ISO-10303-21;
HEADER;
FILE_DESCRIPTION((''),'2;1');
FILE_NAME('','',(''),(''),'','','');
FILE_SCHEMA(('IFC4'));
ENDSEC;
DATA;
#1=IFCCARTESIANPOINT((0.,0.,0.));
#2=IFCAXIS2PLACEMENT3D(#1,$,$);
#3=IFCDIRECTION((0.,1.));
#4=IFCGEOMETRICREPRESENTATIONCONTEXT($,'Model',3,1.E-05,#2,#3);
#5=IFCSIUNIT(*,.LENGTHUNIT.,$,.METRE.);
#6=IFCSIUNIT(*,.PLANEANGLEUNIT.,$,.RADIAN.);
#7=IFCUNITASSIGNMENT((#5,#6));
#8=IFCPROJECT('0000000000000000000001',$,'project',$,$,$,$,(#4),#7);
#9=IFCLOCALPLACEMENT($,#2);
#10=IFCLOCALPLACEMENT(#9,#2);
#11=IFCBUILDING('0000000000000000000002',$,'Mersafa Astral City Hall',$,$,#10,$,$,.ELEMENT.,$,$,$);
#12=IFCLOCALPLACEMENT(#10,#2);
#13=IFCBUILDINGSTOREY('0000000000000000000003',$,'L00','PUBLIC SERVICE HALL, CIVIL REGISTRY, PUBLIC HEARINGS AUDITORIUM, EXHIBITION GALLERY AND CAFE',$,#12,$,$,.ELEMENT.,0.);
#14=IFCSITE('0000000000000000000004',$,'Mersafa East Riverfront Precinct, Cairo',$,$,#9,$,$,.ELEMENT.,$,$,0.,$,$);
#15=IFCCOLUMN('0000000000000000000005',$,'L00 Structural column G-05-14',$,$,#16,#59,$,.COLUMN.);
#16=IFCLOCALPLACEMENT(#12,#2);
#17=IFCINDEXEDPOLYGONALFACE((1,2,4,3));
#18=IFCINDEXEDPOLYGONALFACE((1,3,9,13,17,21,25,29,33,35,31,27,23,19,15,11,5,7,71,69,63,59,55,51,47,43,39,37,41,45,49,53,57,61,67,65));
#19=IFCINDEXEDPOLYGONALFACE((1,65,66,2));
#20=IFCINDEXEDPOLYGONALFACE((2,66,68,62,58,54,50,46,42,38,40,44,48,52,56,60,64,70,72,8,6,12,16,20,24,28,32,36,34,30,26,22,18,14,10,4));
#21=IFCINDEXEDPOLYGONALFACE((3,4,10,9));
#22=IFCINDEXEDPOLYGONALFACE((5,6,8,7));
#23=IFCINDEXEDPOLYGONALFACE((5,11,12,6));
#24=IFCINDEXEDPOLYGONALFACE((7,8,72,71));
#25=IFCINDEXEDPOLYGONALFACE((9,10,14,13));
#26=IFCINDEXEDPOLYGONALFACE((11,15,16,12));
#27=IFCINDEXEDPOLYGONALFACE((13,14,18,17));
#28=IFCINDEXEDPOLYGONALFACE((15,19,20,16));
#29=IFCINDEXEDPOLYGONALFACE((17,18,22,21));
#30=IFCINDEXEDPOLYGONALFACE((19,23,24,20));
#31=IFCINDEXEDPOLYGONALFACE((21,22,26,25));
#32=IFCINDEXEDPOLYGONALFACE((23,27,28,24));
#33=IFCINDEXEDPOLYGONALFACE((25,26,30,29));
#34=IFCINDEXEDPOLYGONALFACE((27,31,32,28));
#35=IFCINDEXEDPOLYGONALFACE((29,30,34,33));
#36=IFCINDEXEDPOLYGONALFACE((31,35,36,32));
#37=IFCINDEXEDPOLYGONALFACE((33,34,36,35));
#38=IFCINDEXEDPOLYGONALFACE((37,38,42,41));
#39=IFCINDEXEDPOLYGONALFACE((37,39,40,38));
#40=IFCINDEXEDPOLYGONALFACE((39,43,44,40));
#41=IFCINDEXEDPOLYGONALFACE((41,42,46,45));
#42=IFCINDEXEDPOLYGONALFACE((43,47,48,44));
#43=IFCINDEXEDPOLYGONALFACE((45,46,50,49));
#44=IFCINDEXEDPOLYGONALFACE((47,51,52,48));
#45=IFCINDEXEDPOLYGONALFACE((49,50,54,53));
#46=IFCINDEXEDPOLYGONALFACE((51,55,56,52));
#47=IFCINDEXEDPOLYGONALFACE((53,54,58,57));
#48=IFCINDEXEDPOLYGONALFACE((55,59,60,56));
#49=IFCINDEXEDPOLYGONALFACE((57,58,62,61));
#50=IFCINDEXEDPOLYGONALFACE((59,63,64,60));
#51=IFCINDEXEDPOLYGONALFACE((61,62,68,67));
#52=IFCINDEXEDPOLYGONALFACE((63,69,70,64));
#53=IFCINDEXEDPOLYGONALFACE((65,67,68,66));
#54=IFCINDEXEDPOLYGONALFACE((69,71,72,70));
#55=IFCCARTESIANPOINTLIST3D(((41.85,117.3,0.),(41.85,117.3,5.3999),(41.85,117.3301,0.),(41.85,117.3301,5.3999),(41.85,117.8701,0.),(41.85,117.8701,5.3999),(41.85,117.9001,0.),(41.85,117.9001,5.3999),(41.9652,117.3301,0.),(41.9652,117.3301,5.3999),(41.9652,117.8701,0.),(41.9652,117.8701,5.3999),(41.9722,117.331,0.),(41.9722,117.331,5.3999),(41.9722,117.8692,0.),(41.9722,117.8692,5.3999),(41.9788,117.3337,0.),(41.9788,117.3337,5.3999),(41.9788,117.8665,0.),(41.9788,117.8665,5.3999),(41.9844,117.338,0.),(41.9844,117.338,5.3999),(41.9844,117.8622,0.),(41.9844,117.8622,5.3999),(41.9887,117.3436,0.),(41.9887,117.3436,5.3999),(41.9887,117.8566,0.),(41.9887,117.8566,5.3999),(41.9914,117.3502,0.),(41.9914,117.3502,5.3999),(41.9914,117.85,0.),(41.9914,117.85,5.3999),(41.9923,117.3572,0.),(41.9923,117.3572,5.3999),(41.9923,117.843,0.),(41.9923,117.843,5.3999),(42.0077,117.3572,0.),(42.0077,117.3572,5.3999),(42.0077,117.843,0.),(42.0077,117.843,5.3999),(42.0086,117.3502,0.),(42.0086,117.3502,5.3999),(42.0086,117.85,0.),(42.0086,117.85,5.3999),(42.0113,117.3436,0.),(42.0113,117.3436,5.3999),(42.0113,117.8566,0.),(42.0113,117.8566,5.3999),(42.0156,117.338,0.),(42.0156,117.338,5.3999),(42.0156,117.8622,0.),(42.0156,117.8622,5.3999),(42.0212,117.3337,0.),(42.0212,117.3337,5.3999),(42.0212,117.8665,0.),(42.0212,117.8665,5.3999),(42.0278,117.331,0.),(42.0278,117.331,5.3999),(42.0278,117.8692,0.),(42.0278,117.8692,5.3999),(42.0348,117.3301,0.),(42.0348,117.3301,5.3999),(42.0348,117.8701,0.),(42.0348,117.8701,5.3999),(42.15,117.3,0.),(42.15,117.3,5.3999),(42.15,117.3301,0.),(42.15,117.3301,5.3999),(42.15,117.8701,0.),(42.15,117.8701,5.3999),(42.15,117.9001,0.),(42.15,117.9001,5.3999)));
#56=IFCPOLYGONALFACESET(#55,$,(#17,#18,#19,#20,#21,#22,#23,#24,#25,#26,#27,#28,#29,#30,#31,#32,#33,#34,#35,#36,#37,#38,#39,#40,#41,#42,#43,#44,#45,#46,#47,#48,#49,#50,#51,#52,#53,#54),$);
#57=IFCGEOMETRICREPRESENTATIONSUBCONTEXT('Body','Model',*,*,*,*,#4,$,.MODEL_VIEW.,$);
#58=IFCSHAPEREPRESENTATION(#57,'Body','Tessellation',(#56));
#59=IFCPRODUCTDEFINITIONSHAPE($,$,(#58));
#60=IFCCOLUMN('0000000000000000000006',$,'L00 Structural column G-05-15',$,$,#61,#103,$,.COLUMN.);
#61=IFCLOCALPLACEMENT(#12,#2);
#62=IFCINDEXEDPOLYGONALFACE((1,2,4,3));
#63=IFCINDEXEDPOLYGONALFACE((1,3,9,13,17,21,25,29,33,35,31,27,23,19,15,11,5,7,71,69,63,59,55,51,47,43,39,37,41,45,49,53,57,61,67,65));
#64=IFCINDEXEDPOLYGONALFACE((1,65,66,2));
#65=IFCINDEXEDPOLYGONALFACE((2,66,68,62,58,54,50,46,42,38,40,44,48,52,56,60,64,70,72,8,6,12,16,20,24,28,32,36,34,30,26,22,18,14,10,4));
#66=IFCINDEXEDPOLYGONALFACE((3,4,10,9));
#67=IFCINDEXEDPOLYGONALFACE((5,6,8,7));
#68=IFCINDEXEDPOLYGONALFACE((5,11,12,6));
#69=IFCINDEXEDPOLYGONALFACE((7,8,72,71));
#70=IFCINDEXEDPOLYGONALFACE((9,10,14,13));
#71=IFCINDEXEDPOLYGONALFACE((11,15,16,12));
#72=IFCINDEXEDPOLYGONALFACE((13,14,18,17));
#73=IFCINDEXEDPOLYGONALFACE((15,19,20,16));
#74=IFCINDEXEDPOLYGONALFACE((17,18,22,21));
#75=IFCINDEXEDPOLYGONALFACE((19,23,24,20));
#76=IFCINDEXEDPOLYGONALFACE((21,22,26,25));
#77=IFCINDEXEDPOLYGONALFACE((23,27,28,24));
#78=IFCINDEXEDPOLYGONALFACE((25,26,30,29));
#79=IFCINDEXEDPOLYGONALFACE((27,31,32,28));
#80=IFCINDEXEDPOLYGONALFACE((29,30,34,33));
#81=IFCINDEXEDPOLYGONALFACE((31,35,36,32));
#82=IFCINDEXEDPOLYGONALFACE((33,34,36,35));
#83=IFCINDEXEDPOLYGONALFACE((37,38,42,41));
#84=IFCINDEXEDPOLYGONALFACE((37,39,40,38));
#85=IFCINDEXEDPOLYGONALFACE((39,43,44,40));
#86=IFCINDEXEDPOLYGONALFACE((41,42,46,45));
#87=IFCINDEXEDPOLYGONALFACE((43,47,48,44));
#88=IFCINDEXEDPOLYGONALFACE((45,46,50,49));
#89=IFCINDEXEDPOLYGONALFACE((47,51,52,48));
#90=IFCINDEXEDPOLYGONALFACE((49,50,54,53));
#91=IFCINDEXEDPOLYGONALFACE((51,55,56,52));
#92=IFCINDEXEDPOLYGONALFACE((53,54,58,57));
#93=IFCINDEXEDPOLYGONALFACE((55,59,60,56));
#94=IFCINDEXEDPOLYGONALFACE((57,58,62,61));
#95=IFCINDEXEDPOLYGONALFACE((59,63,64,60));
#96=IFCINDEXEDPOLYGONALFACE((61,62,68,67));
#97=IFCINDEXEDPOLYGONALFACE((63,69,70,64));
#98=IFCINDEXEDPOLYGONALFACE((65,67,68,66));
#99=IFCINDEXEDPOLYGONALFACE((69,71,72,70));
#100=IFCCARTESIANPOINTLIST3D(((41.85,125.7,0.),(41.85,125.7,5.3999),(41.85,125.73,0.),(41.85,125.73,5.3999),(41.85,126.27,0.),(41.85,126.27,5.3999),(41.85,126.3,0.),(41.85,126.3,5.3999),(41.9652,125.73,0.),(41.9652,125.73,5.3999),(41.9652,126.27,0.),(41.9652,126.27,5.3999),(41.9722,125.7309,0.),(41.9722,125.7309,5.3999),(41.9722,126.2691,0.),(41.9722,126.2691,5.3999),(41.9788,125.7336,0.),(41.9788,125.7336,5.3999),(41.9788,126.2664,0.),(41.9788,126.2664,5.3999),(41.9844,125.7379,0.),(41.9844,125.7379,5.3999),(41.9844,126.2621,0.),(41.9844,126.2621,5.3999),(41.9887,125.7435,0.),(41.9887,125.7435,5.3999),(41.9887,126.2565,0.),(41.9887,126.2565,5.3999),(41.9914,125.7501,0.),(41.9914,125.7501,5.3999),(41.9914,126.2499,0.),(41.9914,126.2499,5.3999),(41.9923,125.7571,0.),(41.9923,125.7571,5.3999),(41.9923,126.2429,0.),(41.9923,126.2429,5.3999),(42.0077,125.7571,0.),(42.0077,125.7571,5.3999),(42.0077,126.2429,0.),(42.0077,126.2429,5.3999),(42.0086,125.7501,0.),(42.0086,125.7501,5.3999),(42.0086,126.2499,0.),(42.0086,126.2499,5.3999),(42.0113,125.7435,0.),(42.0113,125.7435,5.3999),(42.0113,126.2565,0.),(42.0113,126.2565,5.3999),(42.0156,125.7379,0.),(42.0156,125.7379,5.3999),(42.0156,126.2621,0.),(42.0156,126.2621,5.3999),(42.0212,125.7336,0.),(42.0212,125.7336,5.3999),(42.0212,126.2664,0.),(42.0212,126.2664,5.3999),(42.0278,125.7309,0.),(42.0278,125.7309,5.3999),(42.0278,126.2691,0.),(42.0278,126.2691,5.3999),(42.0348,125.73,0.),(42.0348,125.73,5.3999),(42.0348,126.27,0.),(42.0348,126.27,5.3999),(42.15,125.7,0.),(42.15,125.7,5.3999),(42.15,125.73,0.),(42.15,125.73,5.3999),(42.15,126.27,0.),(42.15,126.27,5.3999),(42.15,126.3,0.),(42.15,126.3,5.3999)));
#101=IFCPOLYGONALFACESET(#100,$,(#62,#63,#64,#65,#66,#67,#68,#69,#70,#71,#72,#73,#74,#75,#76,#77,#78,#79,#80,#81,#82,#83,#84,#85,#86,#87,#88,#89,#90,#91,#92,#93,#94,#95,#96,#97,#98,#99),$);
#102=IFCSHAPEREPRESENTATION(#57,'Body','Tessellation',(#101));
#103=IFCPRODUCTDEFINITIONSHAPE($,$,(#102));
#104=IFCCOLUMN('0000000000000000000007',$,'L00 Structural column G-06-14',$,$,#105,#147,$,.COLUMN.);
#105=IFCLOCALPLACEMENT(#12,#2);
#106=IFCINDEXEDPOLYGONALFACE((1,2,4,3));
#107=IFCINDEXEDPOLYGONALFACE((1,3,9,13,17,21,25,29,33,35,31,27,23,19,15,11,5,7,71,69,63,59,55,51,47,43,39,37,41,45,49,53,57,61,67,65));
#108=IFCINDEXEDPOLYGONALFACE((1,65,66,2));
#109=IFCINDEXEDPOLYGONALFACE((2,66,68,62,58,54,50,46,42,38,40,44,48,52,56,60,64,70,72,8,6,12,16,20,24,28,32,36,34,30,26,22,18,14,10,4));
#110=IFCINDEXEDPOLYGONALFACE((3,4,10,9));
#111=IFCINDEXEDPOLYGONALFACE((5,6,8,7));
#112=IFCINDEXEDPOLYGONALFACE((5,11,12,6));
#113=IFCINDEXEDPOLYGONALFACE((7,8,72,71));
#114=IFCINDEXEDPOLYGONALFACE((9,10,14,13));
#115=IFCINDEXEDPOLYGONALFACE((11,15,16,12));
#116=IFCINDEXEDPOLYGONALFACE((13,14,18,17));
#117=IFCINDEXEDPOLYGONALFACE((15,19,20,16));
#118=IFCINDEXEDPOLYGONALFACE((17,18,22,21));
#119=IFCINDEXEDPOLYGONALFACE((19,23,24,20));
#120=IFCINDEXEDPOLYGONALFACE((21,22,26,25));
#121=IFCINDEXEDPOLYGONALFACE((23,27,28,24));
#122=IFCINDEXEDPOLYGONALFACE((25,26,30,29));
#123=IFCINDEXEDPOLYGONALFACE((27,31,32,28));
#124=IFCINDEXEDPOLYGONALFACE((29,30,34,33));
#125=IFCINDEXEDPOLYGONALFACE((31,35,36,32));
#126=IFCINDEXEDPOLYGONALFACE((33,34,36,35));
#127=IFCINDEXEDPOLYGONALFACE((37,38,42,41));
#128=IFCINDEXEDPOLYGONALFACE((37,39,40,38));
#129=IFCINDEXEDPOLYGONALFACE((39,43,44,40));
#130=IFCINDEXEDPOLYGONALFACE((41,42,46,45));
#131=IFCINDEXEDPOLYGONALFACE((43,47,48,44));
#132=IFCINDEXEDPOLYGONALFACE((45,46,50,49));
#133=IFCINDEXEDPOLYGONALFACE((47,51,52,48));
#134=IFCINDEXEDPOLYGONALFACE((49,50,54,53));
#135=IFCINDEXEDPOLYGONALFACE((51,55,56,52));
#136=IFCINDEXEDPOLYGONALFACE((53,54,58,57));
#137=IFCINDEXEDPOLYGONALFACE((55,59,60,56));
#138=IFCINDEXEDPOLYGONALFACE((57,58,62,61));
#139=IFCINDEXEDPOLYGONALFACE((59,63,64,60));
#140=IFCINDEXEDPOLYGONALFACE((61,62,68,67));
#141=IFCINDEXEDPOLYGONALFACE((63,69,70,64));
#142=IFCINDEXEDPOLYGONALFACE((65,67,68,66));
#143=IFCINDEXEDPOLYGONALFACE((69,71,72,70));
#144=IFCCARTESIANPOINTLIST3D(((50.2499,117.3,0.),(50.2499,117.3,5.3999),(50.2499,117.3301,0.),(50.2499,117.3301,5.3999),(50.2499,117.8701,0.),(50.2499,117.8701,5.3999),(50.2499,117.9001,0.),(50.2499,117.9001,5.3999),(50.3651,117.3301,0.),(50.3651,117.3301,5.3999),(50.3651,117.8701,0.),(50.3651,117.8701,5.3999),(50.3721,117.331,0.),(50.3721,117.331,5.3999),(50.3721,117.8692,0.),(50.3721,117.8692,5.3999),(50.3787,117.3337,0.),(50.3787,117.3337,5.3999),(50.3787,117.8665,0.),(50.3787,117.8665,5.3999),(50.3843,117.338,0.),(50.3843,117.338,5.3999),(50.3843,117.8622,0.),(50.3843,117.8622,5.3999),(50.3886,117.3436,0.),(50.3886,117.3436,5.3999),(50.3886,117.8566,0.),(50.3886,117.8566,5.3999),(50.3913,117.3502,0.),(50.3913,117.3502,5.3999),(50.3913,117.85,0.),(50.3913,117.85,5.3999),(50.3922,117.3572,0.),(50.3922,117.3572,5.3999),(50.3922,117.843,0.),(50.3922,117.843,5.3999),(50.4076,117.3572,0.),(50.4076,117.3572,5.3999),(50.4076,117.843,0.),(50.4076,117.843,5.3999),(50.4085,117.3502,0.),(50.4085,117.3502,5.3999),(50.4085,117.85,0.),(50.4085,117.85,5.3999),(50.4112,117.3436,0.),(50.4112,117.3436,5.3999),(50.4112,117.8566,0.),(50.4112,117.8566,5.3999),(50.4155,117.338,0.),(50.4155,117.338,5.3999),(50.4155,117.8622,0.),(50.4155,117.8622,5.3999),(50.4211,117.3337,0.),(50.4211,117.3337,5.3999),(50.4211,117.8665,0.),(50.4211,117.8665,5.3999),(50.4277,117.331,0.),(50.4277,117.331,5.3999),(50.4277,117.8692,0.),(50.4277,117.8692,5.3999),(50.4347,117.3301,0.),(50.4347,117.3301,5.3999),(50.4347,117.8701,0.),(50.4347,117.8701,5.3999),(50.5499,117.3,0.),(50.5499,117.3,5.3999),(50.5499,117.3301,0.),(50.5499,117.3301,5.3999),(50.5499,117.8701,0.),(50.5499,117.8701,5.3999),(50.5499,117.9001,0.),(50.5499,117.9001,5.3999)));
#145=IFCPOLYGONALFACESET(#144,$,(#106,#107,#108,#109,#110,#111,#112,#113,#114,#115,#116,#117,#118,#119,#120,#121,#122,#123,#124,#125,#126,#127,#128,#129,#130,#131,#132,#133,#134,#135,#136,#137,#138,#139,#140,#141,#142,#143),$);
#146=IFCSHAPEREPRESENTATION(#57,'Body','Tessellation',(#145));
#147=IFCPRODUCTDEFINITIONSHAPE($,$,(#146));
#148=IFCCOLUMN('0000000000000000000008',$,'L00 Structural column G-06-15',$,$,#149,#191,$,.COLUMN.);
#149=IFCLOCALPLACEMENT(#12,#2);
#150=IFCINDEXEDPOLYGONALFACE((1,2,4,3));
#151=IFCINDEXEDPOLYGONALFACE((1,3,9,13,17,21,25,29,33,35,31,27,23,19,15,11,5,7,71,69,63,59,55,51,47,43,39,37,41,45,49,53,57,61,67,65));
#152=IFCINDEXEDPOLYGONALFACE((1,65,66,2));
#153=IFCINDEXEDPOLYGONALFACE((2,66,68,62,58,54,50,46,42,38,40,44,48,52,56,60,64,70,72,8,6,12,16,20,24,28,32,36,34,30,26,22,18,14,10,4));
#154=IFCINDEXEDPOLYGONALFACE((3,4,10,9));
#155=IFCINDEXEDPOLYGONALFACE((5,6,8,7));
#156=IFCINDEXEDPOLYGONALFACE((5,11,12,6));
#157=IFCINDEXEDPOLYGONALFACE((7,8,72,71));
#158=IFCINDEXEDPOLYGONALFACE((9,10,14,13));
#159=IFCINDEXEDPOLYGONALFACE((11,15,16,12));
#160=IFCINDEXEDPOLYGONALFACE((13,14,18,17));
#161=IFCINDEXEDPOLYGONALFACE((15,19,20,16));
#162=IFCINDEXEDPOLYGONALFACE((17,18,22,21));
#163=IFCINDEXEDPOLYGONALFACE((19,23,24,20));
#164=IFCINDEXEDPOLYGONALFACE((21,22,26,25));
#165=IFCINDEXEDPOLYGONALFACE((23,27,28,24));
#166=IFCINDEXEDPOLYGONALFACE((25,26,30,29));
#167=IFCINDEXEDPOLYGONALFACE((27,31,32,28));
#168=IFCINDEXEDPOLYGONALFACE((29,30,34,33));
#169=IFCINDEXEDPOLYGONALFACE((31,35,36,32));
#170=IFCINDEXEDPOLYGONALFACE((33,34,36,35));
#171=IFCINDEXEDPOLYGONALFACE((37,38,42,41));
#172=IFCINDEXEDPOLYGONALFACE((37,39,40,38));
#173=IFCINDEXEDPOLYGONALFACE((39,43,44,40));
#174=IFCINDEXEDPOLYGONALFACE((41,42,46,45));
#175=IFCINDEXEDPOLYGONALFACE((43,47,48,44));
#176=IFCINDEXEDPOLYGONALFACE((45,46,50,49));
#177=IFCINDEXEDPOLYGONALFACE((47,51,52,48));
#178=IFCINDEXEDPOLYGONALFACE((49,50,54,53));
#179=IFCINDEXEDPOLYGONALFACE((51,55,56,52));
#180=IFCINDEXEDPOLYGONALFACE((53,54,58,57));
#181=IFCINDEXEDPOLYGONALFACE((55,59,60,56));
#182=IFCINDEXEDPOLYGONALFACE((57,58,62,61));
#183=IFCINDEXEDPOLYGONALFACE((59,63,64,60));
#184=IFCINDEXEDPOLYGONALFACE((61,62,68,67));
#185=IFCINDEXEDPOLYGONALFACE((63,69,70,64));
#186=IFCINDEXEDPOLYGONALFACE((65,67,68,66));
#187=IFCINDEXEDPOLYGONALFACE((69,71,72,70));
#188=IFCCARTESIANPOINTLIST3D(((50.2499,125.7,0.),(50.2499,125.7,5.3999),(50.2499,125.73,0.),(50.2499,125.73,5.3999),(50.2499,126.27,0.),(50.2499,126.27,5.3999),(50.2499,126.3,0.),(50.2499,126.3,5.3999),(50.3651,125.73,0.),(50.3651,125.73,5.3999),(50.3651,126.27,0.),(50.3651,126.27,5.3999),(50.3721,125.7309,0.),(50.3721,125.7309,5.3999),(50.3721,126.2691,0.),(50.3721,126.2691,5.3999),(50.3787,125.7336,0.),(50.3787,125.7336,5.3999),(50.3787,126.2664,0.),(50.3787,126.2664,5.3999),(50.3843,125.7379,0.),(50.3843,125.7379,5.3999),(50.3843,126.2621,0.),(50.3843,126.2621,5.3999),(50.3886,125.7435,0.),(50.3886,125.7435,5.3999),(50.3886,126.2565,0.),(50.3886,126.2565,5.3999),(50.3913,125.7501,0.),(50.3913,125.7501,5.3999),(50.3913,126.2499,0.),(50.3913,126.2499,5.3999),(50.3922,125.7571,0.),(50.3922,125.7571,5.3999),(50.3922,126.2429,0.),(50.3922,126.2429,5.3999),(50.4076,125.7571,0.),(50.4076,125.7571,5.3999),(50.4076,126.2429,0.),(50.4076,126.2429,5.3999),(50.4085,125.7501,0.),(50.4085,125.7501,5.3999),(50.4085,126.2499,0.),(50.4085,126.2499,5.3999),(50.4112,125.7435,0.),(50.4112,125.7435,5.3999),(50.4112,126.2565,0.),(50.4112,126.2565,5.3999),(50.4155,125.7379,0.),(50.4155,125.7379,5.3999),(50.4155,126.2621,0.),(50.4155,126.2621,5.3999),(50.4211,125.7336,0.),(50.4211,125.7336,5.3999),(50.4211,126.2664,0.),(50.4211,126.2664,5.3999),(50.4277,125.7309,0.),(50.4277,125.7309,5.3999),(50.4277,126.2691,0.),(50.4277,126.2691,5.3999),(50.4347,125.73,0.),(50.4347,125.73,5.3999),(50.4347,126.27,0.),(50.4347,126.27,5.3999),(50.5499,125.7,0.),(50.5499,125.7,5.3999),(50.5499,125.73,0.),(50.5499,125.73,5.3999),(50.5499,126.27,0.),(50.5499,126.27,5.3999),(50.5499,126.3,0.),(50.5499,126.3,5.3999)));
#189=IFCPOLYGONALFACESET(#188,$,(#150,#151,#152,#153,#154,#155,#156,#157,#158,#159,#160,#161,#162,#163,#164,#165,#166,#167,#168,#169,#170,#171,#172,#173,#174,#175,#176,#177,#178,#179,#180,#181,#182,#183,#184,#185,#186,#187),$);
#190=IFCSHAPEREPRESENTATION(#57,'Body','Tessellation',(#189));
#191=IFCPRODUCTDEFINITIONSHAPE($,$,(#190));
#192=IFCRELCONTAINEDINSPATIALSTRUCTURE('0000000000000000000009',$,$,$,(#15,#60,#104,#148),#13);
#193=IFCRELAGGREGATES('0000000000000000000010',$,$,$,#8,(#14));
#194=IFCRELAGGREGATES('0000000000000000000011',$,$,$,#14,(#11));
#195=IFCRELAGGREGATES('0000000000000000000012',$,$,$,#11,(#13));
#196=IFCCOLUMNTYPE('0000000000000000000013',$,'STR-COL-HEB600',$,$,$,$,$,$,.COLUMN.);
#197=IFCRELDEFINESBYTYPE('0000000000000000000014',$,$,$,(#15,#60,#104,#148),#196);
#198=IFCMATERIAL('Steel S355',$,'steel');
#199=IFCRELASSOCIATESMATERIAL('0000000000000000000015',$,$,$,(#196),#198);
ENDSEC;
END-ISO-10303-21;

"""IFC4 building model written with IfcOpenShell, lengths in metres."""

from ifc_helpers import new_model, si_unit, direction, frame, origin, origin_2d, place, context, subcontext, project, spatial, i_section, extrude, material, material_profile, profile_set, type_object, element, save


model = new_model("IFC4")

# Units and contexts
model_context = context("Model", 3, precision=1e-05, world=origin(), true_north=direction((0.0, 1.0)))
body_context = subcontext(model_context, "Body", "Model", "MODEL_VIEW")
ifc_project = project(units=[si_unit("LENGTHUNIT", "METRE"), si_unit("PLANEANGLEUNIT", "RADIAN")], contexts=[model_context])

# Site, building, storey
site_placement = place(None, origin())
site = spatial("IfcSite", under=ifc_project, at=site_placement, Name="Mersafa East Riverfront Precinct, Cairo", CompositionType="ELEMENT", RefElevation=0.0)
building_placement = place(site_placement, origin())
building = spatial("IfcBuilding", under=site, at=building_placement, Name="Mersafa Astral City Hall", CompositionType="ELEMENT")
storey_placement = place(building_placement, origin())
storey = spatial("IfcBuildingStorey", under=building, at=storey_placement, Name="L00", Description="PUBLIC SERVICE HALL, CIVIL REGISTRY, PUBLIC HEARINGS AUDITORIUM, EXHIBITION GALLERY AND CAFE", CompositionType="ELEMENT", Elevation=0.0)

# Columns
ifc_material_1 = material(Name="Steel S355", Category="steel")
ifc_material_profile_1 = material_profile(ifc_material_1, i_section(OverallWidth=0.3, OverallDepth=0.6001, WebThickness=0.0154, FlangeThickness=0.03, FilletRadius=0.0271, at=origin_2d()), Name="HEB 600")
ifc_profile_set_1 = profile_set([ifc_material_profile_1], Name="Steel S355")
column_type = type_object("IfcColumnType", Name="STR-COL-HEB600", PredefinedType="COLUMN", material=ifc_profile_set_1)
for number, where, z_axis, x_axis, name in (
    (1, (42.0, 117.6001, 0.0), (0.0, 0.0, 1.0), (1.0, 0.0, 0.0), "L00 Structural column G-05-14"),
    (2, (42.0, 126.0, 0.0), (0.0, 0.0, 1.0), (1.0, 0.0, 0.0), "L00 Structural column G-05-15"),
    (3, (50.3999, 117.6001, 0.0), (0.0, 0.0, 1.0), (1.0, 0.0, 0.0), "L00 Structural column G-06-14"),
    (4, (50.3999, 126.0, 0.0), (0.0, 0.0, 1.0), (1.0, 0.0, 0.0), "L00 Structural column G-06-15"),
):
    element("IfcColumn", number, at=place(storey_placement, frame(where, z_axis=z_axis, x_axis=x_axis)), inside=storey, type_object=column_type, Name=name, PredefinedType="COLUMN", context=body_context, shape_type="SweptSolid", body=[
        extrude(i_section(OverallWidth=0.3, OverallDepth=0.6001, WebThickness=0.0154, FlangeThickness=0.03, FilletRadius=0.0271, at=origin_2d()), origin(), (0.0, 0.0, 1.0), 5.3999),
    ])

save(model, "model.ifc")
